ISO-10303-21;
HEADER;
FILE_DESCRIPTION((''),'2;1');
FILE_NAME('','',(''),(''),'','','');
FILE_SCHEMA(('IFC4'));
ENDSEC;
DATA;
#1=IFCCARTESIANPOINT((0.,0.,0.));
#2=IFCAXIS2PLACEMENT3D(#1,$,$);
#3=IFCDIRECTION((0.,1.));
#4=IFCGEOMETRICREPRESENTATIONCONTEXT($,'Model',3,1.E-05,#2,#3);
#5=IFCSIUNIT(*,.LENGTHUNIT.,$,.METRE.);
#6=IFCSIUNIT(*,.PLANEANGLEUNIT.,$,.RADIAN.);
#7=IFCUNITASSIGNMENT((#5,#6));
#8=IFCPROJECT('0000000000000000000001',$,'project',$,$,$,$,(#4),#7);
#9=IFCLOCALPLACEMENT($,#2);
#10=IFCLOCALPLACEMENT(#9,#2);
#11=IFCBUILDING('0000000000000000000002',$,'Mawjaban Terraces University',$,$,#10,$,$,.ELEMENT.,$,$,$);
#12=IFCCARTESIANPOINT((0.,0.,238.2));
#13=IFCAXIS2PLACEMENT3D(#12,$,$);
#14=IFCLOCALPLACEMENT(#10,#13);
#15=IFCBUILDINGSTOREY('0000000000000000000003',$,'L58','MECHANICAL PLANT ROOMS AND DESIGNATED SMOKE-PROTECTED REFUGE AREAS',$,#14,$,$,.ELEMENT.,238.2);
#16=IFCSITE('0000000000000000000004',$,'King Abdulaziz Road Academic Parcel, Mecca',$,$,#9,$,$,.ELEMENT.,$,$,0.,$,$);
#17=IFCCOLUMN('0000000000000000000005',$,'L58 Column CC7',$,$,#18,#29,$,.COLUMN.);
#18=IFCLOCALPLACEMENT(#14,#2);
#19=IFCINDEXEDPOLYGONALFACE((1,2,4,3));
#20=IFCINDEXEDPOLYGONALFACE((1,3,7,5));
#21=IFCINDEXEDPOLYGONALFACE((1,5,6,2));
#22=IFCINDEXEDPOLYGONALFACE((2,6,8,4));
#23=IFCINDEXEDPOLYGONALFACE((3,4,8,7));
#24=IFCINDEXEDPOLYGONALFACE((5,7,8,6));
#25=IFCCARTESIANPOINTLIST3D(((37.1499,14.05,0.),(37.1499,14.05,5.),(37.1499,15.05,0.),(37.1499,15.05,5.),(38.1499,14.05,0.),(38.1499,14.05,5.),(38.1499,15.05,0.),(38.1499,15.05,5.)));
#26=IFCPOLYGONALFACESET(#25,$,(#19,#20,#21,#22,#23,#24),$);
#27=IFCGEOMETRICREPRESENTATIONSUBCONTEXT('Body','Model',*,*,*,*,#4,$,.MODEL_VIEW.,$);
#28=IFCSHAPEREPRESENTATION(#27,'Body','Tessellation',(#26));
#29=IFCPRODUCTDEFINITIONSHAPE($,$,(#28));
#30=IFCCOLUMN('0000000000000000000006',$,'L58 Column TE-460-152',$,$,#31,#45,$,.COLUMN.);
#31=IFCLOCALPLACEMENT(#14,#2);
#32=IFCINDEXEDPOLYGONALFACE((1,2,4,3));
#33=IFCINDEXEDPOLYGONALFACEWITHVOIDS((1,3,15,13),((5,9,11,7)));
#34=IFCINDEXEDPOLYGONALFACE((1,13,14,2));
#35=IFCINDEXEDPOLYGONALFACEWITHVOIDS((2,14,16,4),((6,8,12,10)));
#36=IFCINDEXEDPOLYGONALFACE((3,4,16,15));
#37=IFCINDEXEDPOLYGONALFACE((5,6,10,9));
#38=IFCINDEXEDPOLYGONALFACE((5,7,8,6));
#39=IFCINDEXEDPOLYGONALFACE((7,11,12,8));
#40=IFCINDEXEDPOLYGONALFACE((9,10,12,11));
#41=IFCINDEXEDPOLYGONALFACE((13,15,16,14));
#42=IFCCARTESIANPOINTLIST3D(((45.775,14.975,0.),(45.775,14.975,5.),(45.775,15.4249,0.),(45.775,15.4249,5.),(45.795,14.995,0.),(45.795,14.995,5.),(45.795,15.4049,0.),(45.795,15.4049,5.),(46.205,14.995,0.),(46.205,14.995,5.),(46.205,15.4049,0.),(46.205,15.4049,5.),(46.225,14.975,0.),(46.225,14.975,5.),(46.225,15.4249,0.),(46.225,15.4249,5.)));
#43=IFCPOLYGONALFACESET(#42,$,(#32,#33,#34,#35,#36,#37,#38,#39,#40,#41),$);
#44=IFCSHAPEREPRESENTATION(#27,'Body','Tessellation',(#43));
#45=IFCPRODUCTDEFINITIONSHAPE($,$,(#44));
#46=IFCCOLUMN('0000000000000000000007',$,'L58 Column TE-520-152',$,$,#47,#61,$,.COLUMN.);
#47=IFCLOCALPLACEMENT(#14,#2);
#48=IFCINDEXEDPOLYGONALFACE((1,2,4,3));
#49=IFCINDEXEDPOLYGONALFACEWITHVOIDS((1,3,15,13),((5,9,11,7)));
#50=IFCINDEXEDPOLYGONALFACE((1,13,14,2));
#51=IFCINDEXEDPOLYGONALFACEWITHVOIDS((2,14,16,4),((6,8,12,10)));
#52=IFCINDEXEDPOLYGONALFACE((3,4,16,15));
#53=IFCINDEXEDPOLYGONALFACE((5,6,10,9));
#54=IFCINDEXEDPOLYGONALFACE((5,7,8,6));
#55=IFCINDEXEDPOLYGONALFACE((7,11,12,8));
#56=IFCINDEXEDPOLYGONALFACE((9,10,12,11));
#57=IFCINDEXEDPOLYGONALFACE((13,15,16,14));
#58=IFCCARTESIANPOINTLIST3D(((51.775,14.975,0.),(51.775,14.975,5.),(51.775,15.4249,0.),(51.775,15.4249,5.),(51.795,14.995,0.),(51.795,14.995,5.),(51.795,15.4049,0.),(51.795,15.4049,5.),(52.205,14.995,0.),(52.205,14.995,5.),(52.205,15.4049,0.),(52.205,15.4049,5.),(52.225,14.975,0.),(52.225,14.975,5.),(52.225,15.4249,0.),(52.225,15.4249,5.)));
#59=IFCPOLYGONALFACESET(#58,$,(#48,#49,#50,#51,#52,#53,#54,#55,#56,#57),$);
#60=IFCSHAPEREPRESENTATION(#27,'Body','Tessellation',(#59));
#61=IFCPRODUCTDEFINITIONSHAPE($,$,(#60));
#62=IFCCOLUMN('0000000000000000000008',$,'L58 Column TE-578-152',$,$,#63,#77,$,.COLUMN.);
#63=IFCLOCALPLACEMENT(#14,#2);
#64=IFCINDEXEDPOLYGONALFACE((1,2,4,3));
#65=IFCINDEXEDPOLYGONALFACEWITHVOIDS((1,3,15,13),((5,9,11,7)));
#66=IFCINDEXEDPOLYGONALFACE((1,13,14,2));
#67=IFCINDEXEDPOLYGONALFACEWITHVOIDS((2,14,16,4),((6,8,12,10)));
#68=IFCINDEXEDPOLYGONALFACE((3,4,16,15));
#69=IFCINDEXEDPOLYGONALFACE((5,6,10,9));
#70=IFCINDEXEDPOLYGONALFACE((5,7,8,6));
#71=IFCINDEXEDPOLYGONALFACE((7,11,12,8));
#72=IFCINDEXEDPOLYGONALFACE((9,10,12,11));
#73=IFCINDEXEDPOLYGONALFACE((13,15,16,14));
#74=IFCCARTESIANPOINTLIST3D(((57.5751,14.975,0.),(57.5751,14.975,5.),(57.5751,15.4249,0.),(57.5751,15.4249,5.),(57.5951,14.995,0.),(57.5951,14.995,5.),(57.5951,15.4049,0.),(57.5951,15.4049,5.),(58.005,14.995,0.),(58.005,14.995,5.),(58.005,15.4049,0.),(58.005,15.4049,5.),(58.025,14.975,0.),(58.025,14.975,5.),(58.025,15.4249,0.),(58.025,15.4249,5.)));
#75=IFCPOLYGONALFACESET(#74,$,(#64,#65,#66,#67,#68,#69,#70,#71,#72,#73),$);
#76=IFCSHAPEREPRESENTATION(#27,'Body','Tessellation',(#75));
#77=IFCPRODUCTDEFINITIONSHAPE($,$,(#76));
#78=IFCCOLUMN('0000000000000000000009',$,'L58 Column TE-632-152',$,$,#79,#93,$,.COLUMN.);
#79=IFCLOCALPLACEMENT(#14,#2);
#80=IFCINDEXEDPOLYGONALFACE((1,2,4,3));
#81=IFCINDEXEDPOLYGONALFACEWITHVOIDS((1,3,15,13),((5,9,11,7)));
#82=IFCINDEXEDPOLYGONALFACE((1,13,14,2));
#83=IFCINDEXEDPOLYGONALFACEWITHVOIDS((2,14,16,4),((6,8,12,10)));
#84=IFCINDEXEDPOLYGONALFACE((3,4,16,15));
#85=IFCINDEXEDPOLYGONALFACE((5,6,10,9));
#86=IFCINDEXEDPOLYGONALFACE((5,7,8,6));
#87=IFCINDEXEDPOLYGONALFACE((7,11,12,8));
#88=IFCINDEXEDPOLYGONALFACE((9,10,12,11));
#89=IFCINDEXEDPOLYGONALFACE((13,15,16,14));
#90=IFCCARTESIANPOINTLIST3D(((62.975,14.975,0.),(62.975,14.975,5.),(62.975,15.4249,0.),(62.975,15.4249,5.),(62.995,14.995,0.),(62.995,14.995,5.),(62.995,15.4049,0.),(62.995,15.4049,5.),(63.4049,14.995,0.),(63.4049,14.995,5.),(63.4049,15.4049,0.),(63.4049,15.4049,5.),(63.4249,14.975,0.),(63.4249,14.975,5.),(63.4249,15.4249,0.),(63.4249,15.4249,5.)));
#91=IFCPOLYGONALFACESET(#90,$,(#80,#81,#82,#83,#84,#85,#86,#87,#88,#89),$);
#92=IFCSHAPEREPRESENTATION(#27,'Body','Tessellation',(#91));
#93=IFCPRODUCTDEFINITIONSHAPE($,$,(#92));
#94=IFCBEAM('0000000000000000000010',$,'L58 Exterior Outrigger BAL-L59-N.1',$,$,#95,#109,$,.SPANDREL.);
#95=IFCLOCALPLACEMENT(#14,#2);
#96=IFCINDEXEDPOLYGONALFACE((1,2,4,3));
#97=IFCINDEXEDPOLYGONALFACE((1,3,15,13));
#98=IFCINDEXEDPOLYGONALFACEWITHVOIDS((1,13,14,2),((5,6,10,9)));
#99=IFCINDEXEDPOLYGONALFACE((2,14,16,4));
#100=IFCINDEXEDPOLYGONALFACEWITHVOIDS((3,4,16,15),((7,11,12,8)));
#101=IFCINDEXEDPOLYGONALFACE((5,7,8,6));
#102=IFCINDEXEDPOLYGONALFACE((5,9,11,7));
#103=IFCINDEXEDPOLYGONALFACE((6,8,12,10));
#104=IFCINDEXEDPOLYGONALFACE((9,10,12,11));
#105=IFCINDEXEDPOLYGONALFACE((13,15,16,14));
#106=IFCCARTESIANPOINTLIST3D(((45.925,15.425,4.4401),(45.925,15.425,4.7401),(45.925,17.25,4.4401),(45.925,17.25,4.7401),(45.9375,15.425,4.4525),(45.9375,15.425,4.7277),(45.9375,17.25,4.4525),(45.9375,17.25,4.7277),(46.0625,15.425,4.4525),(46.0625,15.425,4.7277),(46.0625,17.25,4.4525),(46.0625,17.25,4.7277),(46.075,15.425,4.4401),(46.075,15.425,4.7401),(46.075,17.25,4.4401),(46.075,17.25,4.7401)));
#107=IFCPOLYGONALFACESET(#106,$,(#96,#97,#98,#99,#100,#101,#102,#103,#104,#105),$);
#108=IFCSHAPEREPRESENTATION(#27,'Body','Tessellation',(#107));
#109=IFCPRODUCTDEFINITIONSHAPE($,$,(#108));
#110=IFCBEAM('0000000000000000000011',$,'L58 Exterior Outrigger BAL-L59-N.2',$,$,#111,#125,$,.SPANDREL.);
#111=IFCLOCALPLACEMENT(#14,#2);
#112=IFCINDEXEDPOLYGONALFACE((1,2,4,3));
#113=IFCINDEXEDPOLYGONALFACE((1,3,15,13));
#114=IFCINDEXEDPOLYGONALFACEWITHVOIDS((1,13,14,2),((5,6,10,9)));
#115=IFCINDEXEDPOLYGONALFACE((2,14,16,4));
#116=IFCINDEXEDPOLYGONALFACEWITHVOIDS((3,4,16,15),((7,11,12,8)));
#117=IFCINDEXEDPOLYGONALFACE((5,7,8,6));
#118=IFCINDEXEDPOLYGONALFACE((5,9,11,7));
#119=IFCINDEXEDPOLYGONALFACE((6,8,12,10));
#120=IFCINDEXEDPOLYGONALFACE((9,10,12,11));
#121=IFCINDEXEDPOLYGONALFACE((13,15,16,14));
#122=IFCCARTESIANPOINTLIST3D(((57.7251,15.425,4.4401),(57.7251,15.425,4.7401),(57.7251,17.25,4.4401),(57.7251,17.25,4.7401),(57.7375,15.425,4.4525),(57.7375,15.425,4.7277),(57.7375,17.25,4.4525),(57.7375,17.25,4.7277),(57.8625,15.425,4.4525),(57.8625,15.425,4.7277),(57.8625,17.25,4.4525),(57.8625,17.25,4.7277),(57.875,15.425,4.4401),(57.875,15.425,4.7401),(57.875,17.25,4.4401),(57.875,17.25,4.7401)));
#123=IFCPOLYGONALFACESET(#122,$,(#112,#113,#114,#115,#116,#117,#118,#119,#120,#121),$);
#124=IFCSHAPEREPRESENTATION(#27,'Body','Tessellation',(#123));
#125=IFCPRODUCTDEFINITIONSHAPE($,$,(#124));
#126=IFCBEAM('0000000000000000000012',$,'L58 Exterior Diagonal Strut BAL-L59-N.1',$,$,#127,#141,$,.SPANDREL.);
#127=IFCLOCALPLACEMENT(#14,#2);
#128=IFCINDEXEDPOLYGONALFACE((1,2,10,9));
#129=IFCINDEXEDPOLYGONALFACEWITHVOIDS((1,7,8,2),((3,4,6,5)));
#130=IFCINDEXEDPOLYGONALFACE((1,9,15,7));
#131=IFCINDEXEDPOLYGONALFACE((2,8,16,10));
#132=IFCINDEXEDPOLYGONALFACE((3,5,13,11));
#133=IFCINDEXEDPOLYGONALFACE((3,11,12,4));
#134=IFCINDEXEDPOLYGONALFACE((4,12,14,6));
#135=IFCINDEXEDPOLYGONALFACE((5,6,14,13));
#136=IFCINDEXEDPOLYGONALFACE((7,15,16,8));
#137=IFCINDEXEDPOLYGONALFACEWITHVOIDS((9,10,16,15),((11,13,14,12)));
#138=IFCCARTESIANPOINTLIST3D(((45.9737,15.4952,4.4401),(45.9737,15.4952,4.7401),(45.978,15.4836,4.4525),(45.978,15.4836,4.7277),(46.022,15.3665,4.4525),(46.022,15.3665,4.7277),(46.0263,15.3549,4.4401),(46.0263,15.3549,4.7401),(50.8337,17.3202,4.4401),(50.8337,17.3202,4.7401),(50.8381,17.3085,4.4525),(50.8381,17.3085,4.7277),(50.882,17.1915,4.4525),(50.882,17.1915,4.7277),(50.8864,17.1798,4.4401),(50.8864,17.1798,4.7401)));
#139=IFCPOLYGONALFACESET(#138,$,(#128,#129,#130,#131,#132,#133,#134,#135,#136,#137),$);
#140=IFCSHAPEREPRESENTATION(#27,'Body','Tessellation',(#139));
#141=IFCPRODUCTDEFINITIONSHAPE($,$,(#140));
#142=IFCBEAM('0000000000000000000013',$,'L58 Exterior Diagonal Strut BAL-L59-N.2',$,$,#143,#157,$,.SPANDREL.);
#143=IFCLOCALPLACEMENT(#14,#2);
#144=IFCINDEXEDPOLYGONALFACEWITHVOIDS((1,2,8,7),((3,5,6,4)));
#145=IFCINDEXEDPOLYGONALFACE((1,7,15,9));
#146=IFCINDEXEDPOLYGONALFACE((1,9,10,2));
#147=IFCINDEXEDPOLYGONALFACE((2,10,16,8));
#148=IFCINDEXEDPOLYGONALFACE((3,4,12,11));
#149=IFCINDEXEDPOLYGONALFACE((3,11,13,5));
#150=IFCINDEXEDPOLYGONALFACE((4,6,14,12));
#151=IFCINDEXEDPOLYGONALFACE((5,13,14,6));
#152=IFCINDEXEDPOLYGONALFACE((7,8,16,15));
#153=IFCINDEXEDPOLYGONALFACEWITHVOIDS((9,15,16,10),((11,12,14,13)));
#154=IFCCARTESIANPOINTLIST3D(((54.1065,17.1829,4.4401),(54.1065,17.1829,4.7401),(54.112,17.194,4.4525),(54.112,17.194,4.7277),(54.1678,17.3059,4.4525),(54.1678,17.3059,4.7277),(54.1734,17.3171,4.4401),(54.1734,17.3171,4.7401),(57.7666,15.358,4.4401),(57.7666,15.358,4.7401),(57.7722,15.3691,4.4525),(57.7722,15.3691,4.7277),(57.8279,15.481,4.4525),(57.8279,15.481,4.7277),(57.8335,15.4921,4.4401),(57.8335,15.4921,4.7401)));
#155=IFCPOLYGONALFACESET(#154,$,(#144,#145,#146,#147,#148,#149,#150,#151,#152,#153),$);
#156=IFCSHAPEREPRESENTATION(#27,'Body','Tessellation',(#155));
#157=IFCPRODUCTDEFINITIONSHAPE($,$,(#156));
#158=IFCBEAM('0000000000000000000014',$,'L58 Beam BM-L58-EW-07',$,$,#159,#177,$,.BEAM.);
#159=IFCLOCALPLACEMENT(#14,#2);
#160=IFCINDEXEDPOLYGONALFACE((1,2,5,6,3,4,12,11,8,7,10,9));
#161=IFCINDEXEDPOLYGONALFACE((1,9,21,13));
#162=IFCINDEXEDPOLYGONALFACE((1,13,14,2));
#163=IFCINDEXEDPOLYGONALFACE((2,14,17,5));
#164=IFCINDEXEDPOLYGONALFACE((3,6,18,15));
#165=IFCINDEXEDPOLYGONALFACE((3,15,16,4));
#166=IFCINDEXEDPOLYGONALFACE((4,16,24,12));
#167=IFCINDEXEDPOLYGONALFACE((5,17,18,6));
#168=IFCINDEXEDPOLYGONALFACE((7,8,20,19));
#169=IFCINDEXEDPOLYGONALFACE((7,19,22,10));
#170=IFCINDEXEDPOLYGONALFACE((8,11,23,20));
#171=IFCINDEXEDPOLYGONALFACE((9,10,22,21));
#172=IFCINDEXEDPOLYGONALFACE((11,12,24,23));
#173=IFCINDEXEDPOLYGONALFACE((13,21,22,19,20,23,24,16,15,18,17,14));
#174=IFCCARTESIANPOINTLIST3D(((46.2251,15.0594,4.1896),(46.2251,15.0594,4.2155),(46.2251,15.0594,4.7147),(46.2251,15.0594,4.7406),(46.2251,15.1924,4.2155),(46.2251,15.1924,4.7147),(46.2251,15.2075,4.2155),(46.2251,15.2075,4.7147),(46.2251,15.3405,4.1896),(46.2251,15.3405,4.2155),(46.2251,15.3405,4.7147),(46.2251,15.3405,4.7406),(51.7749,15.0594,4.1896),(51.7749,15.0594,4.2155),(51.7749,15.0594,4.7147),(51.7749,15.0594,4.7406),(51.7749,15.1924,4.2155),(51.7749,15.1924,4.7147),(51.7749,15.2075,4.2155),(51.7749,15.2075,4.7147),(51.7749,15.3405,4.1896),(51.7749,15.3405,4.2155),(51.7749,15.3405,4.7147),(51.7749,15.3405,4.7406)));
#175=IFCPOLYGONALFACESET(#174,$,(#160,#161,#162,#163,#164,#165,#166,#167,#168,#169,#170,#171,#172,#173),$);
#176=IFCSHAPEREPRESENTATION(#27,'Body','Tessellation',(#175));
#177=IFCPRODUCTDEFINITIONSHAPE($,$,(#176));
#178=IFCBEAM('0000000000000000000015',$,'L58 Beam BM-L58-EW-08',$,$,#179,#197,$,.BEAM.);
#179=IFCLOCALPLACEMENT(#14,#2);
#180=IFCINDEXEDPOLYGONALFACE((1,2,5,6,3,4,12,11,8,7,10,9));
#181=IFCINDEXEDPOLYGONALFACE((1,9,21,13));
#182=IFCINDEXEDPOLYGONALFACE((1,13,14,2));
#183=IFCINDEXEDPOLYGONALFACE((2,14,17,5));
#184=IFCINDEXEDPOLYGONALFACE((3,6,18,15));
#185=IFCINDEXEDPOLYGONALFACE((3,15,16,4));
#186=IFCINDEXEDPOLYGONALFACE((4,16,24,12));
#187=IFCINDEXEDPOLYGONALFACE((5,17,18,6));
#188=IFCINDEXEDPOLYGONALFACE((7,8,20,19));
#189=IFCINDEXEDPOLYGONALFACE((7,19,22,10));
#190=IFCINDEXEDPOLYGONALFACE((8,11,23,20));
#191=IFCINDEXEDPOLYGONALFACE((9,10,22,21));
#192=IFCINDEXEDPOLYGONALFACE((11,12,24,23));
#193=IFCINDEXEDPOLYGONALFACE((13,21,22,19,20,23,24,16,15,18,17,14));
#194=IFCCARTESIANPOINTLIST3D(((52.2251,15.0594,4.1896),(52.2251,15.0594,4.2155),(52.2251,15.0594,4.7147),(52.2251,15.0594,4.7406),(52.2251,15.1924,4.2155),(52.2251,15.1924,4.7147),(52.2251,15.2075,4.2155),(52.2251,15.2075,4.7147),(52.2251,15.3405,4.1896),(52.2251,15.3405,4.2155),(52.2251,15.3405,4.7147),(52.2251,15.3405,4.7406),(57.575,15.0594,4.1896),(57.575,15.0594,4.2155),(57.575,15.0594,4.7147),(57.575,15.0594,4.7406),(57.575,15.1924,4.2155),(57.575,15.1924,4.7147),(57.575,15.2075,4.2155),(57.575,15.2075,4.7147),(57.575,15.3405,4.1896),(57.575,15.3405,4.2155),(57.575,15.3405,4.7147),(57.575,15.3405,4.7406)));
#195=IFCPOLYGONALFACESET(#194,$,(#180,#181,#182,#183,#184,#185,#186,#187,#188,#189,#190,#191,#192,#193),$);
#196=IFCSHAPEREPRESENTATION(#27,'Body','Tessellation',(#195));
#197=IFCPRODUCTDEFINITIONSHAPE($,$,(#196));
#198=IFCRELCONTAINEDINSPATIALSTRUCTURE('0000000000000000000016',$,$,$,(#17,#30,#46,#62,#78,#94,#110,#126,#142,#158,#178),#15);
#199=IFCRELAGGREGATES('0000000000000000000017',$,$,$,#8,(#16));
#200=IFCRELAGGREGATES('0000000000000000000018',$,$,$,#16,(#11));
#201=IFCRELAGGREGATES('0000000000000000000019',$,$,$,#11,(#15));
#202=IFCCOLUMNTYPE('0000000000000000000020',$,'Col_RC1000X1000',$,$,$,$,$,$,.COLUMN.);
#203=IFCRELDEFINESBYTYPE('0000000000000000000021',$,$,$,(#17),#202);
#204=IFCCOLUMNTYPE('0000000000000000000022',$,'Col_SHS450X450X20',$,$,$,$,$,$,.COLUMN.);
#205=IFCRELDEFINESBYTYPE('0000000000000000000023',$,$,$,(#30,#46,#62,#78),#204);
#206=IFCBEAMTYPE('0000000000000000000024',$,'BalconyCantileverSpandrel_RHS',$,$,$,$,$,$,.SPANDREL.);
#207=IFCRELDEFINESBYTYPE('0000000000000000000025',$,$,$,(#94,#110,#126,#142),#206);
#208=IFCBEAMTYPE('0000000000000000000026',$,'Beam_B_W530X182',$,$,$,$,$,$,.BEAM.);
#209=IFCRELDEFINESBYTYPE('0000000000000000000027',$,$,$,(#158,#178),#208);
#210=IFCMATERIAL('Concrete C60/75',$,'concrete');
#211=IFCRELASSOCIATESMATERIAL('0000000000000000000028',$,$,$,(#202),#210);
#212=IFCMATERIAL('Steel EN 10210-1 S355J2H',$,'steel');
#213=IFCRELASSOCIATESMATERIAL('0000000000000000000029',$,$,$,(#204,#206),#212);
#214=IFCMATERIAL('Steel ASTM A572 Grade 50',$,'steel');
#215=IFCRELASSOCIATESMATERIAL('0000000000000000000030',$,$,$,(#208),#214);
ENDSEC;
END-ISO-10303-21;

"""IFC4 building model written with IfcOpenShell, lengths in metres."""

from ifc_helpers import new_model, si_unit, direction, frame, origin, origin_2d, place, context, subcontext, project, spatial, rectangle, hollow_rectangle, i_section, extrude, material, material_profile, profile_set, type_object, element, save


model = new_model("IFC4")

# Units and contexts
model_context = context("Model", 3, precision=1e-05, world=origin(), true_north=direction((0.0, 1.0)))
body_context = subcontext(model_context, "Body", "Model", "MODEL_VIEW")
ifc_project = project(units=[si_unit("LENGTHUNIT", "METRE"), si_unit("PLANEANGLEUNIT", "RADIAN")], contexts=[model_context])

# Site, building, storey
site_placement = place(None, origin())
site = spatial("IfcSite", under=ifc_project, at=site_placement, Name="King Abdulaziz Road Academic Parcel, Mecca", CompositionType="ELEMENT", RefElevation=0.0)
building_placement = place(site_placement, origin())
building = spatial("IfcBuilding", under=site, at=building_placement, Name="Mawjaban Terraces University", CompositionType="ELEMENT")
storey_placement = place(building_placement, frame((0.0, 0.0, 238.2)))
storey = spatial("IfcBuildingStorey", under=building, at=storey_placement, Name="L58", Description="MECHANICAL PLANT ROOMS AND DESIGNATED SMOKE-PROTECTED REFUGE AREAS", CompositionType="ELEMENT", Elevation=238.2)

# Columns
ifc_material_1 = material(Name="Concrete C60/75", Category="concrete")
ifc_material_profile_1 = material_profile(ifc_material_1, rectangle(XDim=1.0, YDim=1.0, at=origin_2d()), Name="RC1000X1000")
ifc_profile_set_1 = profile_set([ifc_material_profile_1], Name="Concrete C60/75")
column_type_1 = type_object("IfcColumnType", Name="Col_RC1000X1000", PredefinedType="COLUMN", material=ifc_profile_set_1)
column_placement = place(storey_placement, frame((37.6499, 14.55, 0.0), z_axis=(0.0, 0.0, 1.0), x_axis=(1.0, 0.0, 0.0)))
element("IfcColumn", 1, at=column_placement, inside=storey, type_object=column_type_1, Name="L58 Column CC7", PredefinedType="COLUMN", context=body_context, shape_type="SweptSolid", body=[
    extrude(rectangle(XDim=1.0, YDim=1.0, at=origin_2d()), origin(), (0.0, 0.0, 1.0), 5.0),
])
ifc_material_2 = material(Name="Steel EN 10210-1 S355J2H", Category="steel")
ifc_material_profile_2 = material_profile(ifc_material_2, hollow_rectangle(XDim=0.45, YDim=0.45, WallThickness=0.02, at=origin_2d()), Name="SHS450X450X20")
ifc_profile_set_2 = profile_set([ifc_material_profile_2], Name="Steel EN 10210-1 S355J2H")
column_type_2 = type_object("IfcColumnType", Name="Col_SHS450X450X20", PredefinedType="COLUMN", material=ifc_profile_set_2)
for number, where, z_axis, x_axis, name in (
    (2, (46.0, 15.2, 0.0), (0.0, 0.0, 1.0), (1.0, 0.0, 0.0), "L58 Column TE-460-152"),
    (3, (52.0, 15.2, 0.0), (0.0, 0.0, 1.0), (1.0, 0.0, 0.0), "L58 Column TE-520-152"),
    (4, (57.8, 15.2, 0.0), (0.0, 0.0, 1.0), (1.0, 0.0, 0.0), "L58 Column TE-578-152"),
    (5, (63.2, 15.2, 0.0), (0.0, 0.0, 1.0), (1.0, 0.0, 0.0), "L58 Column TE-632-152"),
):
    element("IfcColumn", number, at=place(storey_placement, frame(where, z_axis=z_axis, x_axis=x_axis)), inside=storey, type_object=column_type_2, Name=name, PredefinedType="COLUMN", context=body_context, shape_type="SweptSolid", body=[
        extrude(hollow_rectangle(XDim=0.45, YDim=0.45, WallThickness=0.02, at=origin_2d()), origin(), (0.0, 0.0, 1.0), 5.0),
    ])

# Beams
ifc_material_profile_3 = material_profile(ifc_material_2, hollow_rectangle(XDim=0.1499, YDim=0.3, WallThickness=0.0125, at=origin_2d()), Name="RHS300X150X12.5")
ifc_profile_set_3 = profile_set([ifc_material_profile_3], Name="Steel EN 10210-1 S355J2H")
beam_type_1 = type_object("IfcBeamType", Name="BalconyCantileverSpandrel_RHS", PredefinedType="SPANDREL", material=ifc_profile_set_3)
for number, where, z_axis, x_axis, name in (
    (6, (46.0, 15.425, 4.5901), (0.0, 1.0, 0.0), (-1.0, 0.0, 0.0), "L58 Exterior Outrigger BAL-L59-N.1"),
    (7, (57.8, 15.425, 4.5901), (0.0, 1.0, 0.0), (-1.0, 0.0, 0.0), "L58 Exterior Outrigger BAL-L59-N.2"),
):
    element("IfcBeam", number, at=place(storey_placement, frame(where, z_axis=z_axis, x_axis=x_axis)), inside=storey, type_object=beam_type_1, Name=name, PredefinedType="SPANDREL", context=body_context, shape_type="SweptSolid", body=[
        extrude(hollow_rectangle(XDim=0.1499, YDim=0.3, WallThickness=0.0125, at=origin_2d()), origin(), (0.0, 0.0, 1.0), 1.825),
    ])
beam_1_placement = place(storey_placement, frame((46.0, 15.425, 4.5901), z_axis=(0.936176, 0.351531, 0.0), x_axis=(-0.351531, 0.936176, 0.0)))
element("IfcBeam", 8, at=beam_1_placement, inside=storey, type_object=beam_type_1, Name="L58 Exterior Diagonal Strut BAL-L59-N.1", PredefinedType="SPANDREL", context=body_context, shape_type="SweptSolid", body=[
    extrude(hollow_rectangle(XDim=0.1499, YDim=0.3, WallThickness=0.0125, at=origin_2d()), origin(), (0.0, 0.0, 1.0), 5.1914),
])
beam_2_placement = place(storey_placement, frame((57.8, 15.425, 4.5901), z_axis=(-0.894928, 0.44621, 0.0), x_axis=(-0.44621, -0.894928, 0.0)))
element("IfcBeam", 9, at=beam_2_placement, inside=storey, type_object=beam_type_1, Name="L58 Exterior Diagonal Strut BAL-L59-N.2", PredefinedType="SPANDREL", context=body_context, shape_type="SweptSolid", body=[
    extrude(hollow_rectangle(XDim=0.1499, YDim=0.3, WallThickness=0.0125, at=origin_2d()), origin(), (0.0, 0.0, 1.0), 4.0898),
])
ifc_material_3 = material(Name="Steel ASTM A572 Grade 50", Category="steel")
ifc_material_profile_4 = material_profile(ifc_material_3, i_section(OverallWidth=0.281, OverallDepth=0.551, WebThickness=0.0151, FlangeThickness=0.0259, at=origin_2d()), Name="W530X182")
ifc_profile_set_4 = profile_set([ifc_material_profile_4], Name="Steel ASTM A572 Grade 50")
beam_type_2 = type_object("IfcBeamType", Name="Beam_B_W530X182", PredefinedType="BEAM", material=ifc_profile_set_4)
beam_3_placement = place(storey_placement, frame((46.2251, 15.2, 4.4651), z_axis=(1.0, 0.0, 0.0), x_axis=(0.0, 1.0, 0.0)))
element("IfcBeam", 10, at=beam_3_placement, inside=storey, type_object=beam_type_2, Name="L58 Beam BM-L58-EW-07", PredefinedType="BEAM", context=body_context, shape_type="SweptSolid", body=[
    extrude(i_section(OverallWidth=0.281, OverallDepth=0.551, WebThickness=0.0151, FlangeThickness=0.0259, at=origin_2d()), origin(), (0.0, 0.0, 1.0), 5.5498),
])
beam_4_placement = place(storey_placement, frame((52.2251, 15.2, 4.4651), z_axis=(1.0, 0.0, 0.0), x_axis=(0.0, 1.0, 0.0)))
element("IfcBeam", 11, at=beam_4_placement, inside=storey, type_object=beam_type_2, Name="L58 Beam BM-L58-EW-08", PredefinedType="BEAM", context=body_context, shape_type="SweptSolid", body=[
    extrude(i_section(OverallWidth=0.281, OverallDepth=0.551, WebThickness=0.0151, FlangeThickness=0.0259, at=origin_2d()), origin(), (0.0, 0.0, 1.0), 5.3499),
])

save(model, "model.ifc")
